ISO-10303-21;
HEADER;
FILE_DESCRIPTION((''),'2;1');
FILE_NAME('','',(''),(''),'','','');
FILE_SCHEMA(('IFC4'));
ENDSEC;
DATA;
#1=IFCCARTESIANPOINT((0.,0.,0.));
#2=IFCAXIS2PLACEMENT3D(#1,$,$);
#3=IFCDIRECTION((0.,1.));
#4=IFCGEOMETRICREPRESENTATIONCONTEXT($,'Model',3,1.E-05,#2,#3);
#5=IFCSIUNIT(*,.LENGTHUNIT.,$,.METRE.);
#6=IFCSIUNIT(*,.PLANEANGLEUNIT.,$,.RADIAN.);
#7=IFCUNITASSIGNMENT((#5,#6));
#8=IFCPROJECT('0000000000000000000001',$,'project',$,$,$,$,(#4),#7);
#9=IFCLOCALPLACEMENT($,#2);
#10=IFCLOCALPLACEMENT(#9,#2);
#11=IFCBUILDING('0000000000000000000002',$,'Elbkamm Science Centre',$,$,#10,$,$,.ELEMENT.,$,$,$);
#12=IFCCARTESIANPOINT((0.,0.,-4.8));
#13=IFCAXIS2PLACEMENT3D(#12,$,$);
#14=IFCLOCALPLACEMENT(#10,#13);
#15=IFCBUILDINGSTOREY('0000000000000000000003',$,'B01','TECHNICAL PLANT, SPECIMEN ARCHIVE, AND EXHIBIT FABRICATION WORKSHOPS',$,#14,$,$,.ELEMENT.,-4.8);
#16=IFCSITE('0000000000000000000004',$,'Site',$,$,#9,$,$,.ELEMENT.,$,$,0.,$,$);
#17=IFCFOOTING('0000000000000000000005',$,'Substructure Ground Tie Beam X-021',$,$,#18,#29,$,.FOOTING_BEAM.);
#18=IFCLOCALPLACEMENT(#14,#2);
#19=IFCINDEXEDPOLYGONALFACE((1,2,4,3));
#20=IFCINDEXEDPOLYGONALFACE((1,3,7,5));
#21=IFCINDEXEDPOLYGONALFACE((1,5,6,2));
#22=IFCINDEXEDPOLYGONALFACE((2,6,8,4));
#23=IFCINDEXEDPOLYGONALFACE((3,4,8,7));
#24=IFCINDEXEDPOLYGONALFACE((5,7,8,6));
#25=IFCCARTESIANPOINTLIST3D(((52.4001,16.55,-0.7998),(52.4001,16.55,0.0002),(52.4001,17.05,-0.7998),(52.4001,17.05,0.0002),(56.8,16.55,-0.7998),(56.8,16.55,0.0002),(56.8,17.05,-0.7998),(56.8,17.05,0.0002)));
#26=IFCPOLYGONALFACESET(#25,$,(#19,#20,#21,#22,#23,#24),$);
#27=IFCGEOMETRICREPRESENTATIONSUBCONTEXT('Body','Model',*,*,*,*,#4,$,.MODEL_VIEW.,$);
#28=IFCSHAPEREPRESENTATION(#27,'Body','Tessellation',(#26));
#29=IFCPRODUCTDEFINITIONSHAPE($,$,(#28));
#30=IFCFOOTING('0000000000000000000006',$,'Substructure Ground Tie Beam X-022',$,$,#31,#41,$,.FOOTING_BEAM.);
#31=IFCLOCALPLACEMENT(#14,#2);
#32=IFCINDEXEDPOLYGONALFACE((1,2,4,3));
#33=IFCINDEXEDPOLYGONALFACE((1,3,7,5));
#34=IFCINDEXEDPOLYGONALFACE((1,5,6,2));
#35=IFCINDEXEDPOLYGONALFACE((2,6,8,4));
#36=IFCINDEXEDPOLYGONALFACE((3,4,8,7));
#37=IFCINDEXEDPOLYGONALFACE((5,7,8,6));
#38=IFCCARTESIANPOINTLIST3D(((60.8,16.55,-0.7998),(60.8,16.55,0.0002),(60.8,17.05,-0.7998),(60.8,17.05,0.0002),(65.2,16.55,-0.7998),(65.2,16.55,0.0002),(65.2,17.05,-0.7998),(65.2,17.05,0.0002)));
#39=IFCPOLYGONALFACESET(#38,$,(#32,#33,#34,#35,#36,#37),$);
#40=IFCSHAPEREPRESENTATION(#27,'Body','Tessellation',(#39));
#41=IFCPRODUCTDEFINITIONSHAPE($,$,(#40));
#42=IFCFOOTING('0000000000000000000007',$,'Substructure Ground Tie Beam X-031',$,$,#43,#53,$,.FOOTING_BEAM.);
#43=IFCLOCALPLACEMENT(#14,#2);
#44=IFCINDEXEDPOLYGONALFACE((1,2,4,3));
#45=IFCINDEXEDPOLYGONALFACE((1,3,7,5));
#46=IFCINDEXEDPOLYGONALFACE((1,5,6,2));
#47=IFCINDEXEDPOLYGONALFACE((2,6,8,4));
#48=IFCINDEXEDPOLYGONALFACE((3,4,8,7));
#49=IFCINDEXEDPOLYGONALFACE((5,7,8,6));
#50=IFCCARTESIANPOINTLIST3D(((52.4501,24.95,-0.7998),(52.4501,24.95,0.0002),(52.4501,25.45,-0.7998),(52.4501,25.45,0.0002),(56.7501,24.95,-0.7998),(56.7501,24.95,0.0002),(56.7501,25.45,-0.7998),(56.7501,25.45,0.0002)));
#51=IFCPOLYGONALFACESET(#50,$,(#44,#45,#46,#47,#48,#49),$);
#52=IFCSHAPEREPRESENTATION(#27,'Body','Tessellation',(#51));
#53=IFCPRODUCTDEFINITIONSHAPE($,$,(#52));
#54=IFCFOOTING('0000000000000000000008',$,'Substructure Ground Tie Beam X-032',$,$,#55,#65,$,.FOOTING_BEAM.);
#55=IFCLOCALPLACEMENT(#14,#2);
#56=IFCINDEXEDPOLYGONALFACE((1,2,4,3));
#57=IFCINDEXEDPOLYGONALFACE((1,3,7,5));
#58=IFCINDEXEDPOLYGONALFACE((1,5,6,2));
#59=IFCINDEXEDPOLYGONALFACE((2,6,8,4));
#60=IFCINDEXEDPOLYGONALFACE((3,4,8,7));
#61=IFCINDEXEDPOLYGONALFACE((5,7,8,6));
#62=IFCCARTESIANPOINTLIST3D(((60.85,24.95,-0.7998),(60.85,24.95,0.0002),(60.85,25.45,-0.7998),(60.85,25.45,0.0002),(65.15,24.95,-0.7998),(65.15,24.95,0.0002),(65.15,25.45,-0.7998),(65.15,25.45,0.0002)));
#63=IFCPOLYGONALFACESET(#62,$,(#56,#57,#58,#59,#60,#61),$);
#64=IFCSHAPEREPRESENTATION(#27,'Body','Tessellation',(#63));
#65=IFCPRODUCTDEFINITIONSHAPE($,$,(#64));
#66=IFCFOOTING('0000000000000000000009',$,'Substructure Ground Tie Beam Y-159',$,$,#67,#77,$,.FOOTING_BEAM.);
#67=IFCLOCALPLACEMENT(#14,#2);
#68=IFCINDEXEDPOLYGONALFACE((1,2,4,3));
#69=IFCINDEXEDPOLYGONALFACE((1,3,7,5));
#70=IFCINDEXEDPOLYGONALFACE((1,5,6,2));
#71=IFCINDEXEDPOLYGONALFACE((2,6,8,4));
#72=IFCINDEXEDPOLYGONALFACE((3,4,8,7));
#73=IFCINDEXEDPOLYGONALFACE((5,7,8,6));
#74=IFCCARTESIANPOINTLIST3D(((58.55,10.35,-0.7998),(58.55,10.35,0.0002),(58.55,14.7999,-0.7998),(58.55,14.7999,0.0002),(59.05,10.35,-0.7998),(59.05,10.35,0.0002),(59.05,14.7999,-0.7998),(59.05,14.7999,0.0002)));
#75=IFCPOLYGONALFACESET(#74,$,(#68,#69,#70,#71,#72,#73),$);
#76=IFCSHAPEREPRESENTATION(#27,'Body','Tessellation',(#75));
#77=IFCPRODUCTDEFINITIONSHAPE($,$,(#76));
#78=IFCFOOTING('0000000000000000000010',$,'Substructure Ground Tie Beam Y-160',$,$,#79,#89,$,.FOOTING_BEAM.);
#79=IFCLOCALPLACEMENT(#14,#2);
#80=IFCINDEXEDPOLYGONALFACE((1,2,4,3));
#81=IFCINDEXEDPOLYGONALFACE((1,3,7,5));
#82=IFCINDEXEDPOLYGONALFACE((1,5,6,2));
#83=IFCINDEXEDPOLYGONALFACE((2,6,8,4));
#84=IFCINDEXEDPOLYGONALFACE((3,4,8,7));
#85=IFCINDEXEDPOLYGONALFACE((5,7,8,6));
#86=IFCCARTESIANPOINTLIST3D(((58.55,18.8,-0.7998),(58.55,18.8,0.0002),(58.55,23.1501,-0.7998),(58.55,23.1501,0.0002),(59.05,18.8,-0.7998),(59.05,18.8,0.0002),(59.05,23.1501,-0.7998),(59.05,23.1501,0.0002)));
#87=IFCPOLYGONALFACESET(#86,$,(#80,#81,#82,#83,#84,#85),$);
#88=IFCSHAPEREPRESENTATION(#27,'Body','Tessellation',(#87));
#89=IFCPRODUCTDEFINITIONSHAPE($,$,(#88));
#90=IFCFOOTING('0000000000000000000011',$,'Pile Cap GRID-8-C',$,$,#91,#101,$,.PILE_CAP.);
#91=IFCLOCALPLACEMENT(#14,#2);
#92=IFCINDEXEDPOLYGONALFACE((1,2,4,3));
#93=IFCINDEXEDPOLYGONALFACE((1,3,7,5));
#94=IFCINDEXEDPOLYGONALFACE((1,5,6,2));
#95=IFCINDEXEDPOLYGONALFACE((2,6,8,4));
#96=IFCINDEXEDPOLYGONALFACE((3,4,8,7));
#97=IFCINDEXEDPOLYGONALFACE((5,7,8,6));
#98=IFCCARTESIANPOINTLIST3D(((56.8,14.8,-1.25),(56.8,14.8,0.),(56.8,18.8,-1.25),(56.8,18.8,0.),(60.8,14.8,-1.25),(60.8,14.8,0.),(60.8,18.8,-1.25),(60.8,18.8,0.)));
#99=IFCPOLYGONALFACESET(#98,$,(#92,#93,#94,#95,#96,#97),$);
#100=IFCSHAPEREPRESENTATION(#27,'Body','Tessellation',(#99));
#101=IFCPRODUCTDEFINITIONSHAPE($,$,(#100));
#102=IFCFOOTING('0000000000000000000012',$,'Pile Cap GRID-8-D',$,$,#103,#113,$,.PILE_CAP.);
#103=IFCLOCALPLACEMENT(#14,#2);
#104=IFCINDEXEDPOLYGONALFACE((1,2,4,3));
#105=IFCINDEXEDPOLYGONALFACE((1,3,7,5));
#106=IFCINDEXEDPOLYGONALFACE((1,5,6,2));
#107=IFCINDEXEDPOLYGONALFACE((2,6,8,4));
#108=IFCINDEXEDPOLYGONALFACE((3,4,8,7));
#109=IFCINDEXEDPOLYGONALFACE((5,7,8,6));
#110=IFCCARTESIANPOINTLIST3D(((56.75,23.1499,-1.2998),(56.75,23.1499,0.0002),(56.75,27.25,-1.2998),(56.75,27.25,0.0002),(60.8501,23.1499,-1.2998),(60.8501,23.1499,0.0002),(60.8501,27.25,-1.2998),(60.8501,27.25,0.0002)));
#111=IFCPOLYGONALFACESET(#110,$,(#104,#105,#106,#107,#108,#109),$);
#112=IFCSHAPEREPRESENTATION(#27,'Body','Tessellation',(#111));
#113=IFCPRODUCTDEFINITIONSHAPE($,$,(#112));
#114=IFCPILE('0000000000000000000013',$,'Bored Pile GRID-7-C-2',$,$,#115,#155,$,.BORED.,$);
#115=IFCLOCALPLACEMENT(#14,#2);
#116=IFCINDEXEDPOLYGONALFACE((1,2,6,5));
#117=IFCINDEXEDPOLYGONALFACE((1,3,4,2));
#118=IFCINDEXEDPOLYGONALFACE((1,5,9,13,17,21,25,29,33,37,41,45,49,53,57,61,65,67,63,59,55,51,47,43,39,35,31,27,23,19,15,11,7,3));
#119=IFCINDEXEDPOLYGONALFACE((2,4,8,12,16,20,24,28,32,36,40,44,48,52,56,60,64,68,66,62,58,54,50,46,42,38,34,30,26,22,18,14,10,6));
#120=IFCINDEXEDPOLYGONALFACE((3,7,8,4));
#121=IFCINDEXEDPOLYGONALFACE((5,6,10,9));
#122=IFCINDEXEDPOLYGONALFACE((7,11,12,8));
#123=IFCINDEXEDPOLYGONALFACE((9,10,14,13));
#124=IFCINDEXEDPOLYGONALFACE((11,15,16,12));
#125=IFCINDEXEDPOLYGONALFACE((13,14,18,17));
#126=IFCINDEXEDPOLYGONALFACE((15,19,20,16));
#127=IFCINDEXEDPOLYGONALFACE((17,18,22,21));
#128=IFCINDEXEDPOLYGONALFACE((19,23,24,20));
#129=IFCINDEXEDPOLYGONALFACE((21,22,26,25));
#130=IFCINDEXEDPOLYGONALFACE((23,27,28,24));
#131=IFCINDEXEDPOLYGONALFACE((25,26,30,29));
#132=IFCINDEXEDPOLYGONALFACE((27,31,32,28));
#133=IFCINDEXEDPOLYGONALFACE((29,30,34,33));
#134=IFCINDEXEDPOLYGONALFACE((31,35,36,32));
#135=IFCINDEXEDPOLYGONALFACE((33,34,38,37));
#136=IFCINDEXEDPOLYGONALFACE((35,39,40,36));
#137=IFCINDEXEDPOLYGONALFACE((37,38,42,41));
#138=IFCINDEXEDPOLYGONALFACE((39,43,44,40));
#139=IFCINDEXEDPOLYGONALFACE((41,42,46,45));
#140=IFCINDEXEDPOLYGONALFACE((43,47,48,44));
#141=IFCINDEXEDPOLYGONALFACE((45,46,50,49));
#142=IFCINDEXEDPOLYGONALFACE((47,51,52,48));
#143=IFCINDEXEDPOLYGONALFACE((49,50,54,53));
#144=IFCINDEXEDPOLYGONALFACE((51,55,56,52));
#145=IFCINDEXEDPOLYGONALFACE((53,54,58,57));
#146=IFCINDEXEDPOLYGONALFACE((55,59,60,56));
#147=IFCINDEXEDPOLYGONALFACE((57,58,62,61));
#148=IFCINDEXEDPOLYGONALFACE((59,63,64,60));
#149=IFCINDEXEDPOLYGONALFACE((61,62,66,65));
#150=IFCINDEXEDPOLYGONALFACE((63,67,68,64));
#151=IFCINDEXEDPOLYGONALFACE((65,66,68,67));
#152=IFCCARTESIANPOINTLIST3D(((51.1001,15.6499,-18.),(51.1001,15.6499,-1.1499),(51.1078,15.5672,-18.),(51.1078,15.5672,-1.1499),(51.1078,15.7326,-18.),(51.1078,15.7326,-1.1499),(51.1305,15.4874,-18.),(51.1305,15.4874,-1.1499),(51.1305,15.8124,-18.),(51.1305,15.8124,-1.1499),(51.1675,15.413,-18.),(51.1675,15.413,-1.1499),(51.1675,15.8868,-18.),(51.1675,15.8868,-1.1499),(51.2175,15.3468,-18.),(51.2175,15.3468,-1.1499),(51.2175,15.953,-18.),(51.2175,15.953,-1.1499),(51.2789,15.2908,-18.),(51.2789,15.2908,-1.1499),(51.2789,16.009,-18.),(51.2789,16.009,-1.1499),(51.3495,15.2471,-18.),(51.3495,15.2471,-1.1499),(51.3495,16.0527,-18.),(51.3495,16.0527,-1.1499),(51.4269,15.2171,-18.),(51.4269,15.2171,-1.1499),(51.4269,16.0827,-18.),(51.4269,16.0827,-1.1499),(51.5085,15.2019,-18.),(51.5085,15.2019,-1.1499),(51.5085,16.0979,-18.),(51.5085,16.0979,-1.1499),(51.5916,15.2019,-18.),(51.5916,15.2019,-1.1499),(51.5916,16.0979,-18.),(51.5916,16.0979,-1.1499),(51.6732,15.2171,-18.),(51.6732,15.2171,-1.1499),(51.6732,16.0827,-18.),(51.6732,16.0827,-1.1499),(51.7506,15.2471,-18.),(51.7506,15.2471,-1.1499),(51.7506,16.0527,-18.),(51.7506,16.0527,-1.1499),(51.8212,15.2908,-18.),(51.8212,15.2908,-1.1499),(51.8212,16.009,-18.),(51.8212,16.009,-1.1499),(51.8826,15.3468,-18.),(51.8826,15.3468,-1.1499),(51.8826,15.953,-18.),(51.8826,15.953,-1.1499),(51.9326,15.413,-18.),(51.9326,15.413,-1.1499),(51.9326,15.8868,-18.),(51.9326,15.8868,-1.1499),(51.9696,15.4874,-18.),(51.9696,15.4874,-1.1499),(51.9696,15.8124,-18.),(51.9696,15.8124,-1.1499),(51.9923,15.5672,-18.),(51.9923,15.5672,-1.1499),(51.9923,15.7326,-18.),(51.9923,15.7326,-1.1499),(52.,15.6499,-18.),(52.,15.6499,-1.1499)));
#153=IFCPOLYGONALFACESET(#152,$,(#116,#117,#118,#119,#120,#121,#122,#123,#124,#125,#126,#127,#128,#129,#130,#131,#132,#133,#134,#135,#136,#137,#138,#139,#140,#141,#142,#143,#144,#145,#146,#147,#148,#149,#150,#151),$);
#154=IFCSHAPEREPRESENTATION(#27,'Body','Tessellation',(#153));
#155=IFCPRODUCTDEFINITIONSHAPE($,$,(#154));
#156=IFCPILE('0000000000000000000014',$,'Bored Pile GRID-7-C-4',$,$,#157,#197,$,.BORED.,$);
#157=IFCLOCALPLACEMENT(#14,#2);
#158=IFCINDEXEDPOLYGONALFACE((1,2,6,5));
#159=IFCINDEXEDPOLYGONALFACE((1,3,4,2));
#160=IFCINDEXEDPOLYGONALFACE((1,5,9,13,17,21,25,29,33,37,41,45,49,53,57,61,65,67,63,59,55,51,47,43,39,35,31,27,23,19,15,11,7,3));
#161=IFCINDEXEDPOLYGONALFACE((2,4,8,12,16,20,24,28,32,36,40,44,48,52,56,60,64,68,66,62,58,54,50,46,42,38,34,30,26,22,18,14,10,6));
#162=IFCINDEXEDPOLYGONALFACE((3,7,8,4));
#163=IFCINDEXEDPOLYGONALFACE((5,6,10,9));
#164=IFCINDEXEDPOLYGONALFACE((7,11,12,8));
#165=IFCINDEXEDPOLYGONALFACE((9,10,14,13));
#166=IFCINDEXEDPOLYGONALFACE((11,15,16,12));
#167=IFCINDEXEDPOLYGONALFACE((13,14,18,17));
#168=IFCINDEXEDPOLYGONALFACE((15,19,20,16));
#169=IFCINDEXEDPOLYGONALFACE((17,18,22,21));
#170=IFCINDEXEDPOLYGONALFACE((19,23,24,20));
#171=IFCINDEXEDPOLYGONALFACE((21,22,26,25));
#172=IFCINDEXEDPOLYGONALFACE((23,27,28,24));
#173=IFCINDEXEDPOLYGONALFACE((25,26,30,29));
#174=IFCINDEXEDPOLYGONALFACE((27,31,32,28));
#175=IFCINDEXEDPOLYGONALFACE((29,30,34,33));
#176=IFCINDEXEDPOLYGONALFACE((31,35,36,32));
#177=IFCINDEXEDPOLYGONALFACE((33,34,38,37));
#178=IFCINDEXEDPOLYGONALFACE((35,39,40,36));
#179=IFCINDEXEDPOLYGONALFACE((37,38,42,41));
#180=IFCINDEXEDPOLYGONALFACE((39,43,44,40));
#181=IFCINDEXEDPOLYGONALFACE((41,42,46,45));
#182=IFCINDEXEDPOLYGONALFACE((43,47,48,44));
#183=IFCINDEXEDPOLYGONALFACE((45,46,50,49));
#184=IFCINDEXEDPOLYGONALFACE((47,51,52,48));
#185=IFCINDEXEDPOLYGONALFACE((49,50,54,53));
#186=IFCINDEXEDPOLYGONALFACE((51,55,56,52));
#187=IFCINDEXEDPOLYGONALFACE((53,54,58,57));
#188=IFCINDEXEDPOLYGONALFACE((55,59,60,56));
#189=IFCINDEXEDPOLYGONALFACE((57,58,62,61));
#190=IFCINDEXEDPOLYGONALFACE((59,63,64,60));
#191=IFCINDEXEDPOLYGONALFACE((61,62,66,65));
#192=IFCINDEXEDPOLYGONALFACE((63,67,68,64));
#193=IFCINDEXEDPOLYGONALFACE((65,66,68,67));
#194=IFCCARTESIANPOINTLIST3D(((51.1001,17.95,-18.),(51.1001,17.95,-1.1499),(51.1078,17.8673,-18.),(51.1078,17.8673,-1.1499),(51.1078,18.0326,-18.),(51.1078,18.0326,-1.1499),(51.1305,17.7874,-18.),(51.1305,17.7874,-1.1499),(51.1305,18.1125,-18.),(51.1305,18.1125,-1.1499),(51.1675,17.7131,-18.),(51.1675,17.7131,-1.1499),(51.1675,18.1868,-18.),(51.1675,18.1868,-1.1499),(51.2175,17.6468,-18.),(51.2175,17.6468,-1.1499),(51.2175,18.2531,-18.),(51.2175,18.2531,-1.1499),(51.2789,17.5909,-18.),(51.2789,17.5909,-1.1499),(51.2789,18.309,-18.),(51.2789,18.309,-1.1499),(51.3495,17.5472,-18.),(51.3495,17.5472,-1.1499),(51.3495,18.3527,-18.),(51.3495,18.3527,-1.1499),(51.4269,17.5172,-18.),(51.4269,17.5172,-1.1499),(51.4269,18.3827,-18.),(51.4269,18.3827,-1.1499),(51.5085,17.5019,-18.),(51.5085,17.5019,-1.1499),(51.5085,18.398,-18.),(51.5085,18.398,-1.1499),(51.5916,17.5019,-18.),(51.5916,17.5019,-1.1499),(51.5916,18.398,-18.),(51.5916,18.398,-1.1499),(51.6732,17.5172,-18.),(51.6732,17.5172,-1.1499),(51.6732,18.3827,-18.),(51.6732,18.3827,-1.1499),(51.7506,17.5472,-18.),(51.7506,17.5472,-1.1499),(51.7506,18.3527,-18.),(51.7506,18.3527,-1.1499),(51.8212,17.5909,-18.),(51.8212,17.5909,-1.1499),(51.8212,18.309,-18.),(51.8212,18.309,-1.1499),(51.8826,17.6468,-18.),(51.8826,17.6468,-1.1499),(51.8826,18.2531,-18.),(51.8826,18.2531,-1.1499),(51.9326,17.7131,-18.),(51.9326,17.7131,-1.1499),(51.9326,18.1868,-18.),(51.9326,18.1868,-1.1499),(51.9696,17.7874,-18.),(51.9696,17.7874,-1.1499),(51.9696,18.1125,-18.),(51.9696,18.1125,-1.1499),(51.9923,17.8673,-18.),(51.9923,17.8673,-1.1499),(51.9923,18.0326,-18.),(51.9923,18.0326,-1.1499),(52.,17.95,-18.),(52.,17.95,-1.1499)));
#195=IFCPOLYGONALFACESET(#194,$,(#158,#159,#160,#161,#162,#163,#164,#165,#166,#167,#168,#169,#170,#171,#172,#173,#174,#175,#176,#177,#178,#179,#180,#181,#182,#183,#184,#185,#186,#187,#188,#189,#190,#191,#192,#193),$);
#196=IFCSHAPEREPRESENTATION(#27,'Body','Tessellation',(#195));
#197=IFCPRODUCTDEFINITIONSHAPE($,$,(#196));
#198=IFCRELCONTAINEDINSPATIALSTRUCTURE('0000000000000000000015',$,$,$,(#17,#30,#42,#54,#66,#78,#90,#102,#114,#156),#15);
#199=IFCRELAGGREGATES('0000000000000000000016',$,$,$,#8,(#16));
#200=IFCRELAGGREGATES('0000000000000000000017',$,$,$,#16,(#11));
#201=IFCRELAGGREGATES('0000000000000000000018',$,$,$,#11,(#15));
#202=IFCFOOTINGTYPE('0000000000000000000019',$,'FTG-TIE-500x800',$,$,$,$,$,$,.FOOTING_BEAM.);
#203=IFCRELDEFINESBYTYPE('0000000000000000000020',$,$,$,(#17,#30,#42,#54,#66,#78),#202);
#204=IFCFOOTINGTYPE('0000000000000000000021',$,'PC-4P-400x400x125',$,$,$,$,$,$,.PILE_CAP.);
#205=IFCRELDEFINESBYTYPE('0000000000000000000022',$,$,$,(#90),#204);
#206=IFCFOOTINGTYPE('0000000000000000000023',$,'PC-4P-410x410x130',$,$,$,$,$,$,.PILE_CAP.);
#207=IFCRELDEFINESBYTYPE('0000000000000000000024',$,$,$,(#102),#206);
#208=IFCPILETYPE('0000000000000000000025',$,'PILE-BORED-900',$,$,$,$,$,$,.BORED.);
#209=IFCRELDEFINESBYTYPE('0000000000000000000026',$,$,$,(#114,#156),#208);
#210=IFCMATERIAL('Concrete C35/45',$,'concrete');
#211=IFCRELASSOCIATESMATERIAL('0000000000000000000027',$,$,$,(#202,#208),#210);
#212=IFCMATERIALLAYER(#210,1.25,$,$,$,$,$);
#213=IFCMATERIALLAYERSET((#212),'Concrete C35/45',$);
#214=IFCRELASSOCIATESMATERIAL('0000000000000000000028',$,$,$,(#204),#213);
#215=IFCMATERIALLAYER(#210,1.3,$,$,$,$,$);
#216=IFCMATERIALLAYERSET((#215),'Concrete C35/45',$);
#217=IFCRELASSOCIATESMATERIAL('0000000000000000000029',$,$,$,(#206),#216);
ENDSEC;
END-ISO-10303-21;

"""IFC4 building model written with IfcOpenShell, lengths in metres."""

from ifc_helpers import new_model, si_unit, direction, frame, origin, origin_2d, place, context, subcontext, project, spatial, rectangle, circle, extrude, material, layer, layer_set, material_profile, profile_set, type_object, element, save


model = new_model("IFC4")

# Units and contexts
model_context = context("Model", 3, precision=1e-05, world=origin(), true_north=direction((0.0, 1.0)))
body_context = subcontext(model_context, "Body", "Model", "MODEL_VIEW")
ifc_project = project(units=[si_unit("LENGTHUNIT", "METRE"), si_unit("PLANEANGLEUNIT", "RADIAN")], contexts=[model_context])

# Site, building, storey
site_placement = place(None, origin())
site = spatial("IfcSite", under=ifc_project, at=site_placement, Name="Site", CompositionType="ELEMENT", RefElevation=0.0)
building_placement = place(site_placement, origin())
building = spatial("IfcBuilding", under=site, at=building_placement, Name="Elbkamm Science Centre", CompositionType="ELEMENT")
storey_placement = place(building_placement, frame((0.0, 0.0, -4.8)))
storey = spatial("IfcBuildingStorey", under=building, at=storey_placement, Name="B01", Description="TECHNICAL PLANT, SPECIMEN ARCHIVE, AND EXHIBIT FABRICATION WORKSHOPS", CompositionType="ELEMENT", Elevation=-4.8)

# Footings
ifc_material_1 = material(Name="Concrete C35/45", Category="concrete")
footing_type_1 = type_object("IfcFootingType", Name="FTG-TIE-500x800", PredefinedType="FOOTING_BEAM", material=ifc_material_1)
for number, where, z_axis, x_axis, name in (
    (1, (54.6001, 16.8, -0.7998), (0.0, 0.0, 1.0), (1.0, 0.0, 0.0), "Substructure Ground Tie Beam X-021"),
    (2, (63.0, 16.8, -0.7998), (0.0, 0.0, 1.0), (1.0, 0.0, 0.0), "Substructure Ground Tie Beam X-022"),
):
    element("IfcFooting", number, at=place(storey_placement, frame(where, z_axis=z_axis, x_axis=x_axis)), inside=storey, type_object=footing_type_1, Name=name, PredefinedType="FOOTING_BEAM", context=body_context, shape_type="SweptSolid", body=[
        extrude(rectangle(XDim=4.3999, YDim=0.5, at=origin_2d()), origin(), (0.0, 0.0, 1.0), 0.8),
    ])
for number, where, z_axis, x_axis, name in (
    (3, (54.6001, 25.2, -0.7998), (0.0, 0.0, 1.0), (1.0, 0.0, 0.0), "Substructure Ground Tie Beam X-031"),
    (4, (63.0, 25.2, -0.7998), (0.0, 0.0, 1.0), (1.0, 0.0, 0.0), "Substructure Ground Tie Beam X-032"),
):
    element("IfcFooting", number, at=place(storey_placement, frame(where, z_axis=z_axis, x_axis=x_axis)), inside=storey, type_object=footing_type_1, Name=name, PredefinedType="FOOTING_BEAM", context=body_context, shape_type="SweptSolid", body=[
        extrude(rectangle(XDim=4.3, YDim=0.5, at=origin_2d()), origin(), (0.0, 0.0, 1.0), 0.8),
    ])
footing_1_placement = place(storey_placement, frame((58.8, 12.575, -0.7998), z_axis=(0.0, 0.0, 1.0), x_axis=(1.0, 0.0, 0.0)))
element("IfcFooting", 5, at=footing_1_placement, inside=storey, type_object=footing_type_1, Name="Substructure Ground Tie Beam Y-159", PredefinedType="FOOTING_BEAM", context=body_context, shape_type="SweptSolid", body=[
    extrude(rectangle(XDim=0.5, YDim=4.45, at=origin_2d()), origin(), (0.0, 0.0, 1.0), 0.8),
])
footing_2_placement = place(storey_placement, frame((58.8, 20.9751, -0.7998), z_axis=(0.0, 0.0, 1.0), x_axis=(1.0, 0.0, 0.0)))
element("IfcFooting", 6, at=footing_2_placement, inside=storey, type_object=footing_type_1, Name="Substructure Ground Tie Beam Y-160", PredefinedType="FOOTING_BEAM", context=body_context, shape_type="SweptSolid", body=[
    extrude(rectangle(XDim=0.5, YDim=4.3501, at=origin_2d()), origin(), (0.0, 0.0, 1.0), 0.8),
])
ifc_layer_1 = layer(ifc_material_1, 1.25)
ifc_layer_set_1 = layer_set([ifc_layer_1], Name="Concrete C35/45")
footing_type_2 = type_object("IfcFootingType", Name="PC-4P-400x400x125", PredefinedType="PILE_CAP", material=ifc_layer_set_1)
footing_3_placement = place(storey_placement, frame((58.8, 16.8, -1.25), z_axis=(0.0, 0.0, 1.0), x_axis=(1.0, 0.0, 0.0)))
element("IfcFooting", 7, at=footing_3_placement, inside=storey, type_object=footing_type_2, Name="Pile Cap GRID-8-C", PredefinedType="PILE_CAP", context=body_context, shape_type="SweptSolid", body=[
    extrude(rectangle(XDim=4.0, YDim=4.0, at=origin_2d()), origin(), (0.0, 0.0, 1.0), 1.25),
])
ifc_layer_2 = layer(ifc_material_1, 1.3)
ifc_layer_set_2 = layer_set([ifc_layer_2], Name="Concrete C35/45")
footing_type_3 = type_object("IfcFootingType", Name="PC-4P-410x410x130", PredefinedType="PILE_CAP", material=ifc_layer_set_2)
footing_4_placement = place(storey_placement, frame((58.8, 25.2, -1.2998), z_axis=(0.0, 0.0, 1.0), x_axis=(1.0, 0.0, 0.0)))
element("IfcFooting", 8, at=footing_4_placement, inside=storey, type_object=footing_type_3, Name="Pile Cap GRID-8-D", PredefinedType="PILE_CAP", context=body_context, shape_type="SweptSolid", body=[
    extrude(rectangle(XDim=4.1001, YDim=4.1001, at=origin_2d()), origin(), (0.0, 0.0, 1.0), 1.3),
])

# Piles
ifc_material_profile_1 = material_profile(ifc_material_1, circle(Radius=0.45, at=origin_2d()), Name="PILE D900")
ifc_profile_set_1 = profile_set([ifc_material_profile_1], Name="Concrete C35/45")
pile_type = type_object("IfcPileType", Name="PILE-BORED-900", PredefinedType="BORED", material=ifc_profile_set_1)
for number, where, z_axis, x_axis, name in (
    (9, (51.55, 15.6499, -1.1499), (0.0, 0.0, -1.0), (1.0, 0.0, 0.0), "Bored Pile GRID-7-C-2"),
    (10, (51.55, 17.95, -1.1499), (0.0, 0.0, -1.0), (1.0, 0.0, 0.0), "Bored Pile GRID-7-C-4"),
):
    element("IfcPile", number, at=place(storey_placement, frame(where, z_axis=z_axis, x_axis=x_axis)), inside=storey, type_object=pile_type, Name=name, PredefinedType="BORED", context=body_context, shape_type="SweptSolid", body=[
        extrude(circle(Radius=0.45, at=origin_2d()), origin(), (0.0, 0.0, 1.0), 16.8501),
    ])

save(model, "model.ifc")
